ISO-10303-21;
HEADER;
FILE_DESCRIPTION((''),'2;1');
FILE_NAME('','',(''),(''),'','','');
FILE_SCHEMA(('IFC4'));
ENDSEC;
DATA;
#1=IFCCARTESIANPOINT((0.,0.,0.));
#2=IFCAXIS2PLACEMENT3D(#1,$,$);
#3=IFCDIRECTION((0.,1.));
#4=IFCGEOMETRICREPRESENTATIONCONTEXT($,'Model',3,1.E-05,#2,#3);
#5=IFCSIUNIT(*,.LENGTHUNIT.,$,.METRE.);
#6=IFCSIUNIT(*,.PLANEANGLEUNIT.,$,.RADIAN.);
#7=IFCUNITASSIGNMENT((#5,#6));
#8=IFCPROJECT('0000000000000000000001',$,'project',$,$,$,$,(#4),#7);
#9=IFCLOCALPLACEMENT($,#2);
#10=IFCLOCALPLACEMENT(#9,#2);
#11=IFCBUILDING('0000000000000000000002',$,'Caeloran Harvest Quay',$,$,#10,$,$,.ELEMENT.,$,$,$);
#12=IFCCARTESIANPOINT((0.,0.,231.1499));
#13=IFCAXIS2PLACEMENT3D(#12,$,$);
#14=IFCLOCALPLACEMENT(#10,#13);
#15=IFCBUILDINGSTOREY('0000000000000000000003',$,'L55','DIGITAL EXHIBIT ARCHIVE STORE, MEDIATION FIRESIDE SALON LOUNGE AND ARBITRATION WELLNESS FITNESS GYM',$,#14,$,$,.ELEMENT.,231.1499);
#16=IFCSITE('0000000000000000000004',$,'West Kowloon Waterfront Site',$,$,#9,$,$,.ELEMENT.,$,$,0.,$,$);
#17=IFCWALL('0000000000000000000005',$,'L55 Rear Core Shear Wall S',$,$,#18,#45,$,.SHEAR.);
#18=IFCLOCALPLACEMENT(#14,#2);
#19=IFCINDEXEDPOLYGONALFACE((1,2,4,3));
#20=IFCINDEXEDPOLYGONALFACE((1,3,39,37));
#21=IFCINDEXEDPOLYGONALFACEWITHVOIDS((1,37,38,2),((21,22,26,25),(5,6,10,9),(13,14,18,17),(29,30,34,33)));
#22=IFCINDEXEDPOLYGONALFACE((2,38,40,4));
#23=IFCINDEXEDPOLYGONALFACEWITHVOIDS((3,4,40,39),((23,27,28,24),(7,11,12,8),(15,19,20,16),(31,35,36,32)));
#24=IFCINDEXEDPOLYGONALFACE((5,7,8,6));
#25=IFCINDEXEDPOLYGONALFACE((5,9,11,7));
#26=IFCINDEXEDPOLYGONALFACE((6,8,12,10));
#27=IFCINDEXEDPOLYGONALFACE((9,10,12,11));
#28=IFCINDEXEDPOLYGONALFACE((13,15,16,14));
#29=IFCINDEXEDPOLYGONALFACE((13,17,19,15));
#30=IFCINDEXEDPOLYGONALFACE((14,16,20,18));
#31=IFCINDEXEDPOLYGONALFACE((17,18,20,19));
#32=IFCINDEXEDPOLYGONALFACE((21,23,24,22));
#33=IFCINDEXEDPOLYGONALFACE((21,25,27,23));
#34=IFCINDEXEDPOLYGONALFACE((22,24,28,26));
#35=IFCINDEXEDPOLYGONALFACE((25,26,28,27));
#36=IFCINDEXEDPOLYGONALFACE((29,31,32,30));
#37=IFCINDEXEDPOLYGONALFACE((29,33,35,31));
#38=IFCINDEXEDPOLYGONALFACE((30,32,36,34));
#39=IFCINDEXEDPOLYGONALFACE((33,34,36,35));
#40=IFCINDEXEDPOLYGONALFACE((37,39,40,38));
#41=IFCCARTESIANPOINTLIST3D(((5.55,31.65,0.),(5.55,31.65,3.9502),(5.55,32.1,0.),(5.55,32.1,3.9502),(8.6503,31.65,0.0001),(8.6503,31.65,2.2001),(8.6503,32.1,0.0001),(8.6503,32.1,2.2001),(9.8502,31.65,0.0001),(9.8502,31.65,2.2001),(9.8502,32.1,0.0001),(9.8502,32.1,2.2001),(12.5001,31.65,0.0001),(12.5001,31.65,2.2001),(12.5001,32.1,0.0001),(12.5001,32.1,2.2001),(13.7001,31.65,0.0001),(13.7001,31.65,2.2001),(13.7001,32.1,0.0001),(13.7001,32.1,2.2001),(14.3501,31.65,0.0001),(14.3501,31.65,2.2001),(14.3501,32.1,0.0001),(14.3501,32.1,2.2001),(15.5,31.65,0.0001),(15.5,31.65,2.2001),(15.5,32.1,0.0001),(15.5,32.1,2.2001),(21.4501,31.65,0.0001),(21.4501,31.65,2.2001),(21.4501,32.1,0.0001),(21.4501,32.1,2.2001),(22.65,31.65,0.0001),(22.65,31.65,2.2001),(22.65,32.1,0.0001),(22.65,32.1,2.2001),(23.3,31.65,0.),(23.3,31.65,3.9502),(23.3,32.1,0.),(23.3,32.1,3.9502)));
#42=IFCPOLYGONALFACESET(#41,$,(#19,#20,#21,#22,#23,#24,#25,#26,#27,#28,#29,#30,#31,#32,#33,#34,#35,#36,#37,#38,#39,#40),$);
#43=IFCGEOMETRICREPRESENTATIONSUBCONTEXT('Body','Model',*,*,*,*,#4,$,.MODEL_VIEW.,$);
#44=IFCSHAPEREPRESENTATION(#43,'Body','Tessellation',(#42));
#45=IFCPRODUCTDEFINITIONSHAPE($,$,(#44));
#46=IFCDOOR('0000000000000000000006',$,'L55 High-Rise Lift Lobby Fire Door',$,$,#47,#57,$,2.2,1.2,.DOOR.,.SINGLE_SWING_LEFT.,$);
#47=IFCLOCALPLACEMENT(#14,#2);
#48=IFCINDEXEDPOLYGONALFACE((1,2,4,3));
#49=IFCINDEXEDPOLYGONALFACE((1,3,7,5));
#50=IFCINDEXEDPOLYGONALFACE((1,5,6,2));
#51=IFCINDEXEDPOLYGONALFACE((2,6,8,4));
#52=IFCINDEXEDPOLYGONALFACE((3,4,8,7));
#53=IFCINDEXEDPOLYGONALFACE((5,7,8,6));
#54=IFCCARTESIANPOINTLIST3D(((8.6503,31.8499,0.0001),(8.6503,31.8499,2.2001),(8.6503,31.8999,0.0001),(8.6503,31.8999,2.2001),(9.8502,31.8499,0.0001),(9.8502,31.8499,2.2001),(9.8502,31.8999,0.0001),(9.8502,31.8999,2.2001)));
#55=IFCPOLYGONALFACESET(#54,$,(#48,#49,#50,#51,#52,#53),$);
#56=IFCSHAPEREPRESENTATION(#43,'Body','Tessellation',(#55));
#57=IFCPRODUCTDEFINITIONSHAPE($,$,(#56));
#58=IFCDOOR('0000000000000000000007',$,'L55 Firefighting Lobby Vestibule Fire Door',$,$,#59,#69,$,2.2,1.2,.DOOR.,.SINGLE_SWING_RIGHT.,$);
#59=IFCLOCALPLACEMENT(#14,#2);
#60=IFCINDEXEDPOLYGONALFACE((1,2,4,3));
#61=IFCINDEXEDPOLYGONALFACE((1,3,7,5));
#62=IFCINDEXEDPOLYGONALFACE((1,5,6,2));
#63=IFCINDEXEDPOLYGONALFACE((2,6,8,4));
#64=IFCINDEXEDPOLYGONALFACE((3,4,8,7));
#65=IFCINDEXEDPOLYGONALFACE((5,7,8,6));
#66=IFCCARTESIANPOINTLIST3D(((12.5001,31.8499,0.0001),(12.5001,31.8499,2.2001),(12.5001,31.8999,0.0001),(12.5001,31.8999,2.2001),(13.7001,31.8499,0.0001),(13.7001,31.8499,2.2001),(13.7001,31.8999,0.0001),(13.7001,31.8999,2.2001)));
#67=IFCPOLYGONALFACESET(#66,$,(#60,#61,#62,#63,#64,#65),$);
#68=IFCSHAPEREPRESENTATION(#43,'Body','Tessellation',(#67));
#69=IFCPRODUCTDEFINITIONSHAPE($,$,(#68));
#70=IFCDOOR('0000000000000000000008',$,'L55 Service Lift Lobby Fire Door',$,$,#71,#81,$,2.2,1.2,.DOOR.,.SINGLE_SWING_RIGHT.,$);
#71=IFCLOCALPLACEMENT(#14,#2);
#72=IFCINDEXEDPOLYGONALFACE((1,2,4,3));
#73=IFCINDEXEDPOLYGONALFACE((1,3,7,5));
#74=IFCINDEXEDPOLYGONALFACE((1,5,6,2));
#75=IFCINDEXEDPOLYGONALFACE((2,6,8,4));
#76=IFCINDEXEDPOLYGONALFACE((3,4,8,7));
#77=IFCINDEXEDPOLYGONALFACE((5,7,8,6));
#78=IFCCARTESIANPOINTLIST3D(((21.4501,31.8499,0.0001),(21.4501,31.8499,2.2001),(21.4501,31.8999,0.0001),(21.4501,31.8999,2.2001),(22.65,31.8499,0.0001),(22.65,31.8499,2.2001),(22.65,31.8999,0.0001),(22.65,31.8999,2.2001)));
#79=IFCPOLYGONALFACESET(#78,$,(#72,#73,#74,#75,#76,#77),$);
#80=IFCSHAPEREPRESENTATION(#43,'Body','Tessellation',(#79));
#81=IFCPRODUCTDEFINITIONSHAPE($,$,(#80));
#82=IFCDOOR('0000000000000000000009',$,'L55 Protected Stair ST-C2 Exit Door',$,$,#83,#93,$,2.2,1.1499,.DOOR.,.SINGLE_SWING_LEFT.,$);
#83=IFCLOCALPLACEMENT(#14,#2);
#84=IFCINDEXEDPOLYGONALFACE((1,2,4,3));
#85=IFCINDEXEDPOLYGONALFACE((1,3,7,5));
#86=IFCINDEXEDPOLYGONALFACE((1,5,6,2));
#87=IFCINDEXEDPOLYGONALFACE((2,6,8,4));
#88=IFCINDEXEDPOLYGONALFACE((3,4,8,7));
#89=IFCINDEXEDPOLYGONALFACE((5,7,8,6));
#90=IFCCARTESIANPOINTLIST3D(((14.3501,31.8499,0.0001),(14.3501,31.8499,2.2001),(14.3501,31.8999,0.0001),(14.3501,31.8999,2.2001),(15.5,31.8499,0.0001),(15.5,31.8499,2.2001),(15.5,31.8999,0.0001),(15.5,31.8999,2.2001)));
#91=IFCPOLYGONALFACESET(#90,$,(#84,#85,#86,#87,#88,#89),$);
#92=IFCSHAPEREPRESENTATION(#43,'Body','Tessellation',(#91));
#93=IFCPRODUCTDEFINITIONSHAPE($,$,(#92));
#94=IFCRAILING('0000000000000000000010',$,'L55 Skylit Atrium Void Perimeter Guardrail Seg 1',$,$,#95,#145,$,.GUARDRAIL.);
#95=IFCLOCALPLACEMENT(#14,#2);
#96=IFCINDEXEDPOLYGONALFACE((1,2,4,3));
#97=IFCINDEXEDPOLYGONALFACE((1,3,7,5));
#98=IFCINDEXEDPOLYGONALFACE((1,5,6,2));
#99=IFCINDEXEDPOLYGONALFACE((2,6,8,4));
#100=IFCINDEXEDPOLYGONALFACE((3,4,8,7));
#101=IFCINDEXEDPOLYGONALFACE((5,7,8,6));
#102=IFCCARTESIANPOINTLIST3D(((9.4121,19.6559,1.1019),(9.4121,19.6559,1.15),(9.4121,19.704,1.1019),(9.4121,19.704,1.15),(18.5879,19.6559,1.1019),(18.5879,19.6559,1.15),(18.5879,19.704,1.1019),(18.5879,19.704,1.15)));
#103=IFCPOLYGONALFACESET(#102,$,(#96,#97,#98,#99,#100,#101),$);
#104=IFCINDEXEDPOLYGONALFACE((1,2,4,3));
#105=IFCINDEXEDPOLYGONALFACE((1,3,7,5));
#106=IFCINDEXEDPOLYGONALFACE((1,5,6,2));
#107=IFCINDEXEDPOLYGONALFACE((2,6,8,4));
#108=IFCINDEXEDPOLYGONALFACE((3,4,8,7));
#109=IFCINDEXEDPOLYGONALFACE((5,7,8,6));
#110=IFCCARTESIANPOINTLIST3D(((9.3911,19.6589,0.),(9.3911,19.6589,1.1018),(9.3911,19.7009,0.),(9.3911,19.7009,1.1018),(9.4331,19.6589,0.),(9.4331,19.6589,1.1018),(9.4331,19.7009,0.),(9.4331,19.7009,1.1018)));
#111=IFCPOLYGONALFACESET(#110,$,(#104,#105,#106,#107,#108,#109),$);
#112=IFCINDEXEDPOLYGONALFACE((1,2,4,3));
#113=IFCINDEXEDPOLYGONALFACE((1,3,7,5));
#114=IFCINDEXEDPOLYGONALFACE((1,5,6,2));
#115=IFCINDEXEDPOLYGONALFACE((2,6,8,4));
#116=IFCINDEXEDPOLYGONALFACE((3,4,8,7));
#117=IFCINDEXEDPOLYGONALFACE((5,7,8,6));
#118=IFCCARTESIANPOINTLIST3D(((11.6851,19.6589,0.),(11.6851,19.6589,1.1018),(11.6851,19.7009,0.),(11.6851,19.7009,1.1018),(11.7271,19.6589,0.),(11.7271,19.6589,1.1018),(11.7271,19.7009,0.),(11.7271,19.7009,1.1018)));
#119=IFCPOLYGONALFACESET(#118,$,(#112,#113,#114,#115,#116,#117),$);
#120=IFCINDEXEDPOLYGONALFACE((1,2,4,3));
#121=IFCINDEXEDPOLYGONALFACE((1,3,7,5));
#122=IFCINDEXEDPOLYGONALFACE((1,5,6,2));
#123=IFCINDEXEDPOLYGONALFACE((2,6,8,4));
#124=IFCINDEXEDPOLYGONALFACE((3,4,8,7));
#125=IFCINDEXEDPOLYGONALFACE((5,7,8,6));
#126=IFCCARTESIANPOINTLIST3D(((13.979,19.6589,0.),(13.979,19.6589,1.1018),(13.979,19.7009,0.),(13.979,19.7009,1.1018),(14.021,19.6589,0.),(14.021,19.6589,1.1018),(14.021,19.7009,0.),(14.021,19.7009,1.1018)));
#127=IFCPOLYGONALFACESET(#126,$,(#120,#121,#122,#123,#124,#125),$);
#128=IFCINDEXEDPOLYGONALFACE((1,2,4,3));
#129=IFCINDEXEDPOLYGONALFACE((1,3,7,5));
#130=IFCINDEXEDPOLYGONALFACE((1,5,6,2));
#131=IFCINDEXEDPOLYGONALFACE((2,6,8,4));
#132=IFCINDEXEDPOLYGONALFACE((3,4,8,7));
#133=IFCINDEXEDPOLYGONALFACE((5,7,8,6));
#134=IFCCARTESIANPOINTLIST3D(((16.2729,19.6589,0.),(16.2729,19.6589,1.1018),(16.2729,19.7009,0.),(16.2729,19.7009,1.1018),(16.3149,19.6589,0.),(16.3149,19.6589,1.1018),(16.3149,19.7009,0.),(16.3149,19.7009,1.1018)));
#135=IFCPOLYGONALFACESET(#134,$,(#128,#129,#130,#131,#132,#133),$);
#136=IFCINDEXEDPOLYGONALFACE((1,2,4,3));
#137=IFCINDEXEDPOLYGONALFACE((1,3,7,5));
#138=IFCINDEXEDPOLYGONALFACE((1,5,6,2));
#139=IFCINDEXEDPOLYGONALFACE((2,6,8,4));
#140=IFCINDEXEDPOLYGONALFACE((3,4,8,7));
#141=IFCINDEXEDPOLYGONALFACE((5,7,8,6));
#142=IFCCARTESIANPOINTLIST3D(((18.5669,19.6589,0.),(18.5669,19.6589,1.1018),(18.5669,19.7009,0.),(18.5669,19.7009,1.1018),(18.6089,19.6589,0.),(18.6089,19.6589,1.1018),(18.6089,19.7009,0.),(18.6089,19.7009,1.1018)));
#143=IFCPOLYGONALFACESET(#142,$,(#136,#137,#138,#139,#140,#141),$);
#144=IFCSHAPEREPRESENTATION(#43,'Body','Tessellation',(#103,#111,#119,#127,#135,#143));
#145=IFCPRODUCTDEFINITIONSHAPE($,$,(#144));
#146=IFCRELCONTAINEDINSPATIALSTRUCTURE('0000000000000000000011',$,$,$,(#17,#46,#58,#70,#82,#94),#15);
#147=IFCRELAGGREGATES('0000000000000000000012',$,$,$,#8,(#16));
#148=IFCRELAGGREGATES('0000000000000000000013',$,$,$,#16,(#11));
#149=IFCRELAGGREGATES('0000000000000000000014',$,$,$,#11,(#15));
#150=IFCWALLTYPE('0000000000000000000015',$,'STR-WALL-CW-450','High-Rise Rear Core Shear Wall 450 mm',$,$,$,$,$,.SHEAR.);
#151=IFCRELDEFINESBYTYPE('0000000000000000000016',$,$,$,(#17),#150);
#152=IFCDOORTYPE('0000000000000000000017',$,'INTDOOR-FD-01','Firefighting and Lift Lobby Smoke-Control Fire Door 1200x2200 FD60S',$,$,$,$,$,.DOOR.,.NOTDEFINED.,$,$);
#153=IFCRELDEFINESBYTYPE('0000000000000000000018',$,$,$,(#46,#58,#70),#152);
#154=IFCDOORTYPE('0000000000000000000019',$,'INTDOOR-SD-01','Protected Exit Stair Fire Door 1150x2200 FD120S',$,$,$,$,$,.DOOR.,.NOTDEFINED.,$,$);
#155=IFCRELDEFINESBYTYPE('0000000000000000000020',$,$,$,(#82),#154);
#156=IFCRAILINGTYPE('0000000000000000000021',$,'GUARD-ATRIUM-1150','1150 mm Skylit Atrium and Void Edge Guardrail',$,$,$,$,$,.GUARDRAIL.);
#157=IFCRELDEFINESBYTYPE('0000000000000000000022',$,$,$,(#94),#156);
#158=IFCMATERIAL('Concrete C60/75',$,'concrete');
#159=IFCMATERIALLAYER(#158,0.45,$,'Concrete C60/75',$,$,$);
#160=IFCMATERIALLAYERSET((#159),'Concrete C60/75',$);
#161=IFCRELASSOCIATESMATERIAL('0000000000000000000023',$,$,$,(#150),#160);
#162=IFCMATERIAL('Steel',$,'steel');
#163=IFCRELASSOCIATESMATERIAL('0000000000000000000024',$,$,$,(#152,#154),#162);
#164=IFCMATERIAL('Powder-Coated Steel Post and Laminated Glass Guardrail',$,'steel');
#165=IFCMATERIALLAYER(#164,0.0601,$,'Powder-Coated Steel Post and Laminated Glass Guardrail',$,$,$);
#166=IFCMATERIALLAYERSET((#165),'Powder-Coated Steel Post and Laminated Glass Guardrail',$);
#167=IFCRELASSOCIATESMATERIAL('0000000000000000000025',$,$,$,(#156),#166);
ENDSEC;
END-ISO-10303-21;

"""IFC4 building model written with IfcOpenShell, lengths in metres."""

from ifc_helpers import new_model, si_unit, direction, frame, frame_2d, origin, origin_2d, place, context, subcontext, project, spatial, rectangle, extrude, material, layer, layer_set, type_object, element, fill, save


model = new_model("IFC4")

# Units and contexts
model_context = context("Model", 3, precision=1e-05, world=origin(), true_north=direction((0.0, 1.0)))
body_context = subcontext(model_context, "Body", "Model", "MODEL_VIEW")
ifc_project = project(units=[si_unit("LENGTHUNIT", "METRE"), si_unit("PLANEANGLEUNIT", "RADIAN")], contexts=[model_context])

# Site, building, storey
site_placement = place(None, origin())
site = spatial("IfcSite", under=ifc_project, at=site_placement, Name="West Kowloon Waterfront Site", CompositionType="ELEMENT", RefElevation=0.0)
building_placement = place(site_placement, origin())
building = spatial("IfcBuilding", under=site, at=building_placement, Name="Caeloran Harvest Quay", CompositionType="ELEMENT")
storey_placement = place(building_placement, frame((0.0, 0.0, 231.1499)))
storey = spatial("IfcBuildingStorey", under=building, at=storey_placement, Name="L55", Description="DIGITAL EXHIBIT ARCHIVE STORE, MEDIATION FIRESIDE SALON LOUNGE AND ARBITRATION WELLNESS FITNESS GYM", CompositionType="ELEMENT", Elevation=231.1499)

# Shared definitions
ifc_material_1 = material(Name="Concrete C60/75", Category="concrete")

# Wall, openings, doors
ifc_layer_1 = layer(ifc_material_1, 0.45, Name="Concrete C60/75")
ifc_layer_set_1 = layer_set([ifc_layer_1], Name="Concrete C60/75")
wall_type_1 = type_object("IfcWallType", Name="STR-WALL-CW-450", Description="High-Rise Rear Core Shear Wall 450 mm", PredefinedType="SHEAR", material=ifc_layer_set_1)
wall_1_placement = place(storey_placement, frame((5.55, 31.875, 0.0), z_axis=(0.0, 0.0, 1.0), x_axis=(1.0, 0.0, 0.0)))
wall_1 = element("IfcWall", 1, at=wall_1_placement, inside=storey, type_object=wall_type_1, Name="L55 Rear Core Shear Wall S", PredefinedType="SHEAR", context=body_context, shape_type="SweptSolid", body=[
    extrude(rectangle(XDim=17.75, YDim=0.45, at=frame_2d((8.875, 0.0))), origin(), (0.0, 0.0, 1.0), 3.9502),
])
opening_1_placement = place(wall_1_placement, frame((3.1001, 0.0, 0.0)))
opening_1 = element("IfcOpeningElement", 2, at=opening_1_placement, cuts=wall_1, PredefinedType="OPENING", context=body_context, shape_type="SweptSolid", body=[
    extrude(rectangle(XDim=1.2, YDim=2.2, at=frame_2d((0.6001, 1.1001))), frame((0.0, 0.2349, 0.0), z_axis=(0.0, -1.0, 0.0), x_axis=(1.0, 0.0, 0.0)), (0.0, 0.0, 1.0), 0.47),
])
opening_2_placement = place(wall_1_placement, frame((6.95, 0.0, 0.0)))
opening_2 = element("IfcOpeningElement", 3, at=opening_2_placement, cuts=wall_1, PredefinedType="OPENING", context=body_context, shape_type="SweptSolid", body=[
    extrude(rectangle(XDim=1.2, YDim=2.2, at=frame_2d((0.6001, 1.1001))), frame((0.0, 0.2349, 0.0), z_axis=(0.0, -1.0, 0.0), x_axis=(1.0, 0.0, 0.0)), (0.0, 0.0, 1.0), 0.47),
])
opening_3_placement = place(wall_1_placement, frame((8.8, 0.0, 0.0)))
opening_3 = element("IfcOpeningElement", 4, at=opening_3_placement, cuts=wall_1, PredefinedType="OPENING", context=body_context, shape_type="SweptSolid", body=[
    extrude(rectangle(XDim=1.1499, YDim=2.2, at=frame_2d((0.575, 1.1001))), frame((0.0, 0.2349, 0.0), z_axis=(0.0, -1.0, 0.0), x_axis=(1.0, 0.0, 0.0)), (0.0, 0.0, 1.0), 0.47),
])
opening_4_placement = place(wall_1_placement, frame((15.8999, 0.0, 0.0)))
opening_4 = element("IfcOpeningElement", 5, at=opening_4_placement, cuts=wall_1, PredefinedType="OPENING", context=body_context, shape_type="SweptSolid", body=[
    extrude(rectangle(XDim=1.2, YDim=2.2, at=frame_2d((0.6001, 1.1001))), frame((0.0, 0.2349, 0.0), z_axis=(0.0, -1.0, 0.0), x_axis=(1.0, 0.0, 0.0)), (0.0, 0.0, 1.0), 0.47),
])
ifc_material_2 = material(Name="Steel", Category="steel")
door_type_1 = type_object("IfcDoorType", Name="INTDOOR-FD-01", Description="Firefighting and Lift Lobby Smoke-Control Fire Door 1200x2200 FD60S", OperationType="NOTDEFINED", PredefinedType="DOOR", material=ifc_material_2)
door_1_placement = place(opening_1_placement, origin())
door_1 = element("IfcDoor", 6, at=door_1_placement, inside=storey, type_object=door_type_1, Name="L55 High-Rise Lift Lobby Fire Door", OperationType="SINGLE_SWING_LEFT", OverallHeight=2.2, OverallWidth=1.2, PredefinedType="DOOR", context=body_context, shape_type="SweptSolid", body=[
    extrude(rectangle(XDim=1.2, YDim=2.2, at=frame_2d((0.6001, 1.1001))), frame((0.0, 0.0249, 0.0), z_axis=(0.0, -1.0, 0.0), x_axis=(1.0, 0.0, 0.0)), (0.0, 0.0, 1.0), 0.05),
])
fill(opening_1, door_1)
door_2_placement = place(opening_2_placement, origin())
door_2 = element("IfcDoor", 7, at=door_2_placement, inside=storey, type_object=door_type_1, Name="L55 Firefighting Lobby Vestibule Fire Door", OperationType="SINGLE_SWING_RIGHT", OverallHeight=2.2, OverallWidth=1.2, PredefinedType="DOOR", context=body_context, shape_type="SweptSolid", body=[
    extrude(rectangle(XDim=1.2, YDim=2.2, at=frame_2d((0.6001, 1.1001))), frame((0.0, 0.0249, 0.0), z_axis=(0.0, -1.0, 0.0), x_axis=(1.0, 0.0, 0.0)), (0.0, 0.0, 1.0), 0.05),
])
fill(opening_2, door_2)
door_3_placement = place(opening_4_placement, origin())
door_3 = element("IfcDoor", 8, at=door_3_placement, inside=storey, type_object=door_type_1, Name="L55 Service Lift Lobby Fire Door", OperationType="SINGLE_SWING_RIGHT", OverallHeight=2.2, OverallWidth=1.2, PredefinedType="DOOR", context=body_context, shape_type="SweptSolid", body=[
    extrude(rectangle(XDim=1.2, YDim=2.2, at=frame_2d((0.6001, 1.1001))), frame((0.0, 0.0249, 0.0), z_axis=(0.0, -1.0, 0.0), x_axis=(1.0, 0.0, 0.0)), (0.0, 0.0, 1.0), 0.05),
])
fill(opening_4, door_3)
door_type_2 = type_object("IfcDoorType", Name="INTDOOR-SD-01", Description="Protected Exit Stair Fire Door 1150x2200 FD120S", OperationType="NOTDEFINED", PredefinedType="DOOR", material=ifc_material_2)
door_4_placement = place(opening_3_placement, origin())
door_4 = element("IfcDoor", 9, at=door_4_placement, inside=storey, type_object=door_type_2, Name="L55 Protected Stair ST-C2 Exit Door", OperationType="SINGLE_SWING_LEFT", OverallHeight=2.2, OverallWidth=1.1499, PredefinedType="DOOR", context=body_context, shape_type="SweptSolid", body=[
    extrude(rectangle(XDim=1.1499, YDim=2.2, at=frame_2d((0.575, 1.1001))), frame((0.0, 0.0249, 0.0), z_axis=(0.0, -1.0, 0.0), x_axis=(1.0, 0.0, 0.0)), (0.0, 0.0, 1.0), 0.05),
])
fill(opening_3, door_4)

# Railing
ifc_material_3 = material(Name="Powder-Coated Steel Post and Laminated Glass Guardrail", Category="steel")
ifc_layer_2 = layer(ifc_material_3, 0.0601, Name="Powder-Coated Steel Post and Laminated Glass Guardrail")
ifc_layer_set_2 = layer_set([ifc_layer_2], Name="Powder-Coated Steel Post and Laminated Glass Guardrail")
railing_type = type_object("IfcRailingType", Name="GUARD-ATRIUM-1150", Description="1150 mm Skylit Atrium and Void Edge Guardrail", PredefinedType="GUARDRAIL", material=ifc_layer_set_2)
railing_1_placement = place(storey_placement, frame((9.4121, 19.6799, 0.0)))
element("IfcRailing", 10, at=railing_1_placement, inside=storey, type_object=railing_type, Name="L55 Skylit Atrium Void Perimeter Guardrail Seg 1", PredefinedType="GUARDRAIL", context=body_context, shape_type="SweptSolid", body=[
    extrude(rectangle(XDim=0.0481, YDim=0.0481, at=origin_2d()), frame((0.0, 0.0, 1.126), z_axis=(1.0, 0.0, 0.0), x_axis=(0.0, 1.0, 0.0)), (0.0, 0.0, 1.0), 9.1758),
    extrude(rectangle(XDim=0.042, YDim=0.042, at=origin_2d()), origin(), (0.0, 0.0, 1.0), 1.1018),
    extrude(rectangle(XDim=0.042, YDim=0.042, at=origin_2d()), frame((2.2939, 0.0, 0.0)), (0.0, 0.0, 1.0), 1.1018),
    extrude(rectangle(XDim=0.042, YDim=0.042, at=origin_2d()), frame((4.5879, 0.0, 0.0)), (0.0, 0.0, 1.0), 1.1018),
    extrude(rectangle(XDim=0.042, YDim=0.042, at=origin_2d()), frame((6.8818, 0.0, 0.0)), (0.0, 0.0, 1.0), 1.1018),
    extrude(rectangle(XDim=0.042, YDim=0.042, at=origin_2d()), frame((9.1758, 0.0, 0.0)), (0.0, 0.0, 1.0), 1.1018),
])

save(model, "model.ifc")
